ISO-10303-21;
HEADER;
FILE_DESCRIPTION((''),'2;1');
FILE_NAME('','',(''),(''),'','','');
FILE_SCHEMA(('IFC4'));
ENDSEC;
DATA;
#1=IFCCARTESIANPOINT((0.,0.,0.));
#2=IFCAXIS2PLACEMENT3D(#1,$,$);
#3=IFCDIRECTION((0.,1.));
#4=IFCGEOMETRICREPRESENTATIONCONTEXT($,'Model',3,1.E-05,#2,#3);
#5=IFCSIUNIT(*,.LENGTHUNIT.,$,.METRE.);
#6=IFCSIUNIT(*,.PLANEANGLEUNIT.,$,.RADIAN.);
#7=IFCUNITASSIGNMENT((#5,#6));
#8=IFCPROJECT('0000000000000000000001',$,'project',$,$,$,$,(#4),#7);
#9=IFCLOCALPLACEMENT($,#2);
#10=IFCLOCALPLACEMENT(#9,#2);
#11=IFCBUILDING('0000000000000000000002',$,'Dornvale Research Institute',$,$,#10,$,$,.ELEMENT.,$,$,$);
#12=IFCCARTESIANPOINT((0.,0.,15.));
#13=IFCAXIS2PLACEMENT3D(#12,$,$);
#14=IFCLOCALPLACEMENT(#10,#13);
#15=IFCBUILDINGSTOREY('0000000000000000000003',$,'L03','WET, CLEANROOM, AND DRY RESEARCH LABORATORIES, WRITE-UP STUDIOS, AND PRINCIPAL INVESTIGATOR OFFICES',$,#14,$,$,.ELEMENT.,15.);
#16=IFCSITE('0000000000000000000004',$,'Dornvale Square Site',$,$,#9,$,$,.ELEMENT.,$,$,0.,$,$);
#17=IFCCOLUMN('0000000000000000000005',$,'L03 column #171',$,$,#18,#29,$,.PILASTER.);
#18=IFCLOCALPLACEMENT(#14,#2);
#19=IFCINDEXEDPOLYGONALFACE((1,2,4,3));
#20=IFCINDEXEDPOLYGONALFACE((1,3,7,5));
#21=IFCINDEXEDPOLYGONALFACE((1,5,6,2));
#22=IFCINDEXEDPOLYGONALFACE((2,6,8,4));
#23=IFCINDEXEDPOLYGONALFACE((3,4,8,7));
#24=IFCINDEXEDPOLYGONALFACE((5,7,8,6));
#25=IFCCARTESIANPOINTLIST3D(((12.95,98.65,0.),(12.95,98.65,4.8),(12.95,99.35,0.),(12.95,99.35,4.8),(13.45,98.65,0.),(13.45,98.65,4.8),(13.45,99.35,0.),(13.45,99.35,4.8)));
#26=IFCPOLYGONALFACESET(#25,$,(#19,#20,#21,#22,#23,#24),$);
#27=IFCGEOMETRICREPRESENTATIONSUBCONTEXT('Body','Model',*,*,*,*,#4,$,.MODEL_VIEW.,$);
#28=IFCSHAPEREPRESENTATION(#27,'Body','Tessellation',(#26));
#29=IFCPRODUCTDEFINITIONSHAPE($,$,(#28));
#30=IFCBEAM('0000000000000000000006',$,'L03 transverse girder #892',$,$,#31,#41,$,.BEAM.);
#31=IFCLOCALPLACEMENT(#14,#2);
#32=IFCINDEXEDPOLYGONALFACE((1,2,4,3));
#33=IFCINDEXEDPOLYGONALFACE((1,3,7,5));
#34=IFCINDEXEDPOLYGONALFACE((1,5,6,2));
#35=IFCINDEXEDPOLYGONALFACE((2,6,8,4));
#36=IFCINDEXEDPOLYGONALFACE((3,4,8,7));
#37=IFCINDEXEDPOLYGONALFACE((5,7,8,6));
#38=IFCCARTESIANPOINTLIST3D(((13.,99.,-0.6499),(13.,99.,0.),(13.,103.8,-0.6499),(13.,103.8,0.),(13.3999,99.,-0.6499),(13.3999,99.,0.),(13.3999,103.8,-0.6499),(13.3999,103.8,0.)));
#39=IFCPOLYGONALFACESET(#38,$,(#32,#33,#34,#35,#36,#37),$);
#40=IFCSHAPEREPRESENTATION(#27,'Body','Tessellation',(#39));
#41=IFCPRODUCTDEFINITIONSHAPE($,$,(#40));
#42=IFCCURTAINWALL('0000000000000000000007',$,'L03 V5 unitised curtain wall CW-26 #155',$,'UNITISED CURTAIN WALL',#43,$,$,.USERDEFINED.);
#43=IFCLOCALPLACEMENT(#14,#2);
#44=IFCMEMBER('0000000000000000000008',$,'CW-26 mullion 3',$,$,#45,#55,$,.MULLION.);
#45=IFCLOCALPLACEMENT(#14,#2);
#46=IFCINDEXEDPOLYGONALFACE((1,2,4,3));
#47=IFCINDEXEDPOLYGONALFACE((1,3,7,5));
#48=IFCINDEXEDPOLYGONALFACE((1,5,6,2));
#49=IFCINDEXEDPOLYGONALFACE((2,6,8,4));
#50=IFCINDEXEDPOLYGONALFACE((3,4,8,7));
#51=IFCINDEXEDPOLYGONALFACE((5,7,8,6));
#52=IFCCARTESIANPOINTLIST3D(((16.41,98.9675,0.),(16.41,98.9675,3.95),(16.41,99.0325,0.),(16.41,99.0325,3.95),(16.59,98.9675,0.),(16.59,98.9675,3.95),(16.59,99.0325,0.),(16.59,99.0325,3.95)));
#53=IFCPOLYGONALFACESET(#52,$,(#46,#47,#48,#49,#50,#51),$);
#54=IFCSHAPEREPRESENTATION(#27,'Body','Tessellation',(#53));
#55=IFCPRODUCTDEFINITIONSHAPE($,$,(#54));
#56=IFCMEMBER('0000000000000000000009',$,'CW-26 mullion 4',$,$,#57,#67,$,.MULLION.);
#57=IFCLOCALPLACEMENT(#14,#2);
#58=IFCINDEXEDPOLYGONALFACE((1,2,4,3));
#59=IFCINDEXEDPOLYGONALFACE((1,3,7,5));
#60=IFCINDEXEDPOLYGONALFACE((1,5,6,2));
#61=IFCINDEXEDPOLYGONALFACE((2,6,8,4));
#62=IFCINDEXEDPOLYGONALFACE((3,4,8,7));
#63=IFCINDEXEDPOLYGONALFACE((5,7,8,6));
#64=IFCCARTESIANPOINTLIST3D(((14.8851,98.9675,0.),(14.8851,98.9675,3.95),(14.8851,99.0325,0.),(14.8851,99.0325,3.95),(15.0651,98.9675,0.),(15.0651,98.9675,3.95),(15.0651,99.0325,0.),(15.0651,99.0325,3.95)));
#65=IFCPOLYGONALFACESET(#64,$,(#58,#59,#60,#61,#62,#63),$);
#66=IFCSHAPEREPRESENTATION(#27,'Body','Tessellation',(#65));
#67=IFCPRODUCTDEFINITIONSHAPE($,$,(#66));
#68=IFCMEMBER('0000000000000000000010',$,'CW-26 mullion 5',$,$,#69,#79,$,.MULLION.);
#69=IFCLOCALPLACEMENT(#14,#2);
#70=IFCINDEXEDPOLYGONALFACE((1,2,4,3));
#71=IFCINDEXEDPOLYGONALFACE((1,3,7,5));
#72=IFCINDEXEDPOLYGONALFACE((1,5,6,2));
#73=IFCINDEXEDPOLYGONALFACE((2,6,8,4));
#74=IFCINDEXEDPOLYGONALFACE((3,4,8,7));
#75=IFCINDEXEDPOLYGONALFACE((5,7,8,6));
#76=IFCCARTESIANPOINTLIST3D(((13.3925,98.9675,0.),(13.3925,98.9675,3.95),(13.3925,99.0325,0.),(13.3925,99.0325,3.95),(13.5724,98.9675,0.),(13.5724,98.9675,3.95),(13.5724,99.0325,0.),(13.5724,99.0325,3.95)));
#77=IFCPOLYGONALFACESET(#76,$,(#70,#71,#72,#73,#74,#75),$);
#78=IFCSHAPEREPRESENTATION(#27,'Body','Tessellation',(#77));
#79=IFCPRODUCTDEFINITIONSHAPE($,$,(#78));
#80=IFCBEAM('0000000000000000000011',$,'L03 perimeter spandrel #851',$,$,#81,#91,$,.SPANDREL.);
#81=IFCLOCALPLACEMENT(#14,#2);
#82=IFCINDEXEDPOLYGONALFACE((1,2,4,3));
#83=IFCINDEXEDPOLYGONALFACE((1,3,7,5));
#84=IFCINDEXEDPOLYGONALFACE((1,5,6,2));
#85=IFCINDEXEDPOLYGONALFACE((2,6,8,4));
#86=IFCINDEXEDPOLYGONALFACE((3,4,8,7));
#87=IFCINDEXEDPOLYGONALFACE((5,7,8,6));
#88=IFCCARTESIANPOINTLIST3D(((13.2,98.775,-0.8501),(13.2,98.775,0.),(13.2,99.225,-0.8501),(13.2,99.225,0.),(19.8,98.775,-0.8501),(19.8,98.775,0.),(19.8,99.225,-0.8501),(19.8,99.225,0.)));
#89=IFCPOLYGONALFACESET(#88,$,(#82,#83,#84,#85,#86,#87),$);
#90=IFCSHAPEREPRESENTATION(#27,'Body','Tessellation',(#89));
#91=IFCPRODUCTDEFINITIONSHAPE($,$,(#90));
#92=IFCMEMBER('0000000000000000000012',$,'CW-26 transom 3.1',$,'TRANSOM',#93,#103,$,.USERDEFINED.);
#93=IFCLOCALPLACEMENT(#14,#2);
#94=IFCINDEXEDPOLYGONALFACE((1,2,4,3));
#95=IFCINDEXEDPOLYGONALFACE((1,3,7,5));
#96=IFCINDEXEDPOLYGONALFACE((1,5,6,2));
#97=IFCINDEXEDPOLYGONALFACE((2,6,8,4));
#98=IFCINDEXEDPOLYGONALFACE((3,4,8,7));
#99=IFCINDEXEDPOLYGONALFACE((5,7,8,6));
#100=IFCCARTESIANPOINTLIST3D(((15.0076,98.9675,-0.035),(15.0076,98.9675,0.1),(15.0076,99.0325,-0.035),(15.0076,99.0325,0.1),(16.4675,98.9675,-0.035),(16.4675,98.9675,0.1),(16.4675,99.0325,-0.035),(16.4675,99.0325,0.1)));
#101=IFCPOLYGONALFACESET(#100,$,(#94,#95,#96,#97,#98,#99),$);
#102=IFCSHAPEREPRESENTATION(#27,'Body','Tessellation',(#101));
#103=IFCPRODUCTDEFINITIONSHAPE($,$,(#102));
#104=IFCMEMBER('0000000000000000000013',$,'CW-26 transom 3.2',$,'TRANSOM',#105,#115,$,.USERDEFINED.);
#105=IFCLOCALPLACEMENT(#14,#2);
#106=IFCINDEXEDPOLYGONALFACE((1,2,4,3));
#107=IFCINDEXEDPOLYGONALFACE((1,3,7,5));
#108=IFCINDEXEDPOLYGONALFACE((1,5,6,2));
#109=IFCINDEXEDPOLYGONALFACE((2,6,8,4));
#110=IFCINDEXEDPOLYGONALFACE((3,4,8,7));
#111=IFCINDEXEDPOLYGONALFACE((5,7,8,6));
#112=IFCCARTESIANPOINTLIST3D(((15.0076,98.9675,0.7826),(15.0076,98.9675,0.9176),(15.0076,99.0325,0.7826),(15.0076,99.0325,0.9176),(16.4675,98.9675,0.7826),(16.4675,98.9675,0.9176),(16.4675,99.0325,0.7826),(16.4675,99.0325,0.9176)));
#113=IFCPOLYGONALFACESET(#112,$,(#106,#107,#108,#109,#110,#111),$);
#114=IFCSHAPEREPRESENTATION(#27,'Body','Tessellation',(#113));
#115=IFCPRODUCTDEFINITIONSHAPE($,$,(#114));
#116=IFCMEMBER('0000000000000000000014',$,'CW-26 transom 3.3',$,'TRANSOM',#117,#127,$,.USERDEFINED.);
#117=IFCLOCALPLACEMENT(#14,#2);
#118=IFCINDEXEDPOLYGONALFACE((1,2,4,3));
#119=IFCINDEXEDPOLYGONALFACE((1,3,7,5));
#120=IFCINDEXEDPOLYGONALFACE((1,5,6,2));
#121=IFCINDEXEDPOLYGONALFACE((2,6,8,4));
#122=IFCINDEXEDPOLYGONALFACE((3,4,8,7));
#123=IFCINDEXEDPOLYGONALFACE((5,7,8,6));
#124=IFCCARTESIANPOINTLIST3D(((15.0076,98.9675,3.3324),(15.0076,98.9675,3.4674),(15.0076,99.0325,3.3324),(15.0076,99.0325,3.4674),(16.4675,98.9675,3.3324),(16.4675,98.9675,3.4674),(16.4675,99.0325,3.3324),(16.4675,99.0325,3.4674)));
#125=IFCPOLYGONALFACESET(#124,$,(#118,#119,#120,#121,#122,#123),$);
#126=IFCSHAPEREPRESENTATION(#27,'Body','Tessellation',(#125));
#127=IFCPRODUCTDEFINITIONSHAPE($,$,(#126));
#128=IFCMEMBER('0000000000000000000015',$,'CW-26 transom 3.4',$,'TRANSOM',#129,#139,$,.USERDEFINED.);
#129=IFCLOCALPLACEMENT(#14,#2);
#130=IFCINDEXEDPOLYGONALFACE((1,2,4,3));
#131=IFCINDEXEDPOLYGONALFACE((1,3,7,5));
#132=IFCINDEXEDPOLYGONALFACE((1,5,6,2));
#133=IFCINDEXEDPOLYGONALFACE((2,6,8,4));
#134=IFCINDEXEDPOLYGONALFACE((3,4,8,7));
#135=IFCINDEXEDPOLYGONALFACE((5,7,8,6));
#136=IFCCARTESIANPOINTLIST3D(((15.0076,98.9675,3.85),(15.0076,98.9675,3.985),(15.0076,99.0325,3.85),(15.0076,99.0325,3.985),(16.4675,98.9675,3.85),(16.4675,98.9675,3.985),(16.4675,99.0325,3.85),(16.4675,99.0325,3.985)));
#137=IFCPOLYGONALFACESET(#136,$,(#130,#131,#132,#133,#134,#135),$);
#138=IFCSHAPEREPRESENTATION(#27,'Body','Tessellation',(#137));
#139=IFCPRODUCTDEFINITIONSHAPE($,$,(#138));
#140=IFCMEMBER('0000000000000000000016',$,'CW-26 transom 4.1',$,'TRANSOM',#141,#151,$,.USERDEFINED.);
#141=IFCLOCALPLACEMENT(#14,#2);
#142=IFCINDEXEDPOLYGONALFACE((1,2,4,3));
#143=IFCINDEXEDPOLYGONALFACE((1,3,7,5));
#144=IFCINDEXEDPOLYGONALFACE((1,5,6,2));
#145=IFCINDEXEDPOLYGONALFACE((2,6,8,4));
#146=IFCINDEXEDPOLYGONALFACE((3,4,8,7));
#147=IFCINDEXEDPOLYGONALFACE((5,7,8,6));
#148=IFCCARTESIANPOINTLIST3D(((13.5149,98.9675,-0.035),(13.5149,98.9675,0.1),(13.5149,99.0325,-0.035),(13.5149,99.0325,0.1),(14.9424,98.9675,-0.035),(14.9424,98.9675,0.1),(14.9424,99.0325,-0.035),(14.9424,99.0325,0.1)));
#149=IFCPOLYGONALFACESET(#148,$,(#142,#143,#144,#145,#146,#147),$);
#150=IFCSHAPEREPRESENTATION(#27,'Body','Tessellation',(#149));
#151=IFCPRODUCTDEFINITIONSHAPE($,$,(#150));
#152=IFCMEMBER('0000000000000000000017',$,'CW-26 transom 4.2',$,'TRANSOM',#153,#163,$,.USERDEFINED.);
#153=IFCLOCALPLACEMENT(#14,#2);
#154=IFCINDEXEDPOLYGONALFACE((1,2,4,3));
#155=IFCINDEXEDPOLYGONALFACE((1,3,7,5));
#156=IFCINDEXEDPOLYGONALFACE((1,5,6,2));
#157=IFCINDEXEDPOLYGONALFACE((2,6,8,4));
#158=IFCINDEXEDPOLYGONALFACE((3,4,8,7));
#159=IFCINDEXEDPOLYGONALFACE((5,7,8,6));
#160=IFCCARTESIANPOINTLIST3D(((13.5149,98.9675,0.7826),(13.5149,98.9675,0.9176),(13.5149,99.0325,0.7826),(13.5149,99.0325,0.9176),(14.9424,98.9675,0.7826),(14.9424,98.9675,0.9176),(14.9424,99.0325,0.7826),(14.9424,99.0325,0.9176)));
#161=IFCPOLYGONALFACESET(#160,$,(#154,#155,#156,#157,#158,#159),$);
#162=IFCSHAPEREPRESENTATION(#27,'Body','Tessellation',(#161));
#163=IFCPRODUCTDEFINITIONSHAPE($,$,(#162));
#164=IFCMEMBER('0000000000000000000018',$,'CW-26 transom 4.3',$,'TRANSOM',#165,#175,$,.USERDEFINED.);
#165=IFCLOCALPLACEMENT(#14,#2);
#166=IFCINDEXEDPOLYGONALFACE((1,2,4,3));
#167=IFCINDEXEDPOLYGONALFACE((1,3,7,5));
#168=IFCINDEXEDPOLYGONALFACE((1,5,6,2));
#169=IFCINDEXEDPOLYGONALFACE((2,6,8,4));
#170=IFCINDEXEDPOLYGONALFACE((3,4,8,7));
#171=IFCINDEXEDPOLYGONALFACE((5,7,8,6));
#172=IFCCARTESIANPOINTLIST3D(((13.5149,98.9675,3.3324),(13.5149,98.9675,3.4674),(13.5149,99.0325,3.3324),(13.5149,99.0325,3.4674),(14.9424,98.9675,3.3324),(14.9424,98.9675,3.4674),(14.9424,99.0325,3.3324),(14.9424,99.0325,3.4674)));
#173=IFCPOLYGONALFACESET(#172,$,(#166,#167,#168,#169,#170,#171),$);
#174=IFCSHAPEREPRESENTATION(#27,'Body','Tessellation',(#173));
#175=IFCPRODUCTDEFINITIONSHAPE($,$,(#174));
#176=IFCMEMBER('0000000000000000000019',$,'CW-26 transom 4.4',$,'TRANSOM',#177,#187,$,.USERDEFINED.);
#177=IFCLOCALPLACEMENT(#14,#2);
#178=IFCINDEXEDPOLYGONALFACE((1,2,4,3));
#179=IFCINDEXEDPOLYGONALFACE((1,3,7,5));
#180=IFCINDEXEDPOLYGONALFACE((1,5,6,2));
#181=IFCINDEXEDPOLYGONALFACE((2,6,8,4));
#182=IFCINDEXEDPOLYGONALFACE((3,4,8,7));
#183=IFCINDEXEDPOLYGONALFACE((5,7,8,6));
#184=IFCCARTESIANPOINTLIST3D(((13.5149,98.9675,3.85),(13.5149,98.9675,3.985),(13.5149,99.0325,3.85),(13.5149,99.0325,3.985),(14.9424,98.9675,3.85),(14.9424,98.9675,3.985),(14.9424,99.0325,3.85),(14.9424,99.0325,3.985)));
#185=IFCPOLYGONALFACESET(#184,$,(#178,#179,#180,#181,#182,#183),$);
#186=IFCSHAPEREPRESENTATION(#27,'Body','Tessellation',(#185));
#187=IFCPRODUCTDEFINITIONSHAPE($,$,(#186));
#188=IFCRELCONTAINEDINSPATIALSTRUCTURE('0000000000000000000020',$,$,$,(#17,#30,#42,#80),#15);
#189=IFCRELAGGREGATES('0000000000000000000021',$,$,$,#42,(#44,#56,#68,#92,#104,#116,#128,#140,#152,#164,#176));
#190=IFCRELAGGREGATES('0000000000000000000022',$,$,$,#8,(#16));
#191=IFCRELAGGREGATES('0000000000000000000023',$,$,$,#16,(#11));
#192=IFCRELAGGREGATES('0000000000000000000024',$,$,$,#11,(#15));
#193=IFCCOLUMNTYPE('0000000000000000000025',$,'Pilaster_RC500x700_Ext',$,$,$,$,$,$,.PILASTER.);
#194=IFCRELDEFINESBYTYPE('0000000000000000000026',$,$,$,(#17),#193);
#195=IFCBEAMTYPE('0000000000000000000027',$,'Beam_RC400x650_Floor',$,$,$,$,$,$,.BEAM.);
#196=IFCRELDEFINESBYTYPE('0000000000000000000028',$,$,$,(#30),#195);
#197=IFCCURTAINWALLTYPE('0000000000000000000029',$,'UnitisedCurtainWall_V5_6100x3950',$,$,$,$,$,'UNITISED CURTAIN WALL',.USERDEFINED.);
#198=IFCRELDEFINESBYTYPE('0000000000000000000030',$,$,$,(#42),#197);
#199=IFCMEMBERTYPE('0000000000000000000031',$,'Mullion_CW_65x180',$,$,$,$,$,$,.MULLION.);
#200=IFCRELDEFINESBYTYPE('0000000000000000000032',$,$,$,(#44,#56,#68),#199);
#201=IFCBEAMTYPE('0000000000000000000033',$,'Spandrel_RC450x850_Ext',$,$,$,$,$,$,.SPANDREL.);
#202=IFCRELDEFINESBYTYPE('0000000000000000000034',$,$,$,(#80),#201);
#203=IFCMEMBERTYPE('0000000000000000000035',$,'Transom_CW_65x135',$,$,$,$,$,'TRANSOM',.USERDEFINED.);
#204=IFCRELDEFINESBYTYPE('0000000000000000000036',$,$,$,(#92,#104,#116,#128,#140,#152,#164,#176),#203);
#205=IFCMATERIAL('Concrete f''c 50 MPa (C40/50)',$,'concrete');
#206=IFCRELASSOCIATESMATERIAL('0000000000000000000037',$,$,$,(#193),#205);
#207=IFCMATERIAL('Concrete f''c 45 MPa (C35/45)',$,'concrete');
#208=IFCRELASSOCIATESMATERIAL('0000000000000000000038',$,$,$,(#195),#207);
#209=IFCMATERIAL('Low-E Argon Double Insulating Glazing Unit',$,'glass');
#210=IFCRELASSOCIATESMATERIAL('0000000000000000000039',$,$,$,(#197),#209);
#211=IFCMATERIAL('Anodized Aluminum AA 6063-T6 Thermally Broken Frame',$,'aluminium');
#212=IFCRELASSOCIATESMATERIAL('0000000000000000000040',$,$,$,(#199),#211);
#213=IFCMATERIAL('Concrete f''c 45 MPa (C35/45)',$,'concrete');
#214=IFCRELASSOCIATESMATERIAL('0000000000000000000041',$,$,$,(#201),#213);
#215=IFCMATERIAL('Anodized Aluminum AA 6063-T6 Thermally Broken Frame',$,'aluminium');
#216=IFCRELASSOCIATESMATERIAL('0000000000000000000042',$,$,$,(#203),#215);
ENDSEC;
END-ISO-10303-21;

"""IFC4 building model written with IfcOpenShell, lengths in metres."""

from ifc_helpers import new_model, si_unit, direction, frame, origin, origin_2d, place, context, subcontext, project, spatial, rectangle, extrude, material, material_profile, profile_set, type_object, element, aggregate, save


model = new_model("IFC4")

# Units and contexts
model_context = context("Model", 3, precision=1e-05, world=origin(), true_north=direction((0.0, 1.0)))
body_context = subcontext(model_context, "Body", "Model", "MODEL_VIEW")
ifc_project = project(units=[si_unit("LENGTHUNIT", "METRE"), si_unit("PLANEANGLEUNIT", "RADIAN")], contexts=[model_context])

# Site, building, storey
site_placement = place(None, origin())
site = spatial("IfcSite", under=ifc_project, at=site_placement, Name="Dornvale Square Site", CompositionType="ELEMENT", RefElevation=0.0)
building_placement = place(site_placement, origin())
building = spatial("IfcBuilding", under=site, at=building_placement, Name="Dornvale Research Institute", CompositionType="ELEMENT")
storey_placement = place(building_placement, frame((0.0, 0.0, 15.0)))
storey = spatial("IfcBuildingStorey", under=building, at=storey_placement, Name="L03", Description="WET, CLEANROOM, AND DRY RESEARCH LABORATORIES, WRITE-UP STUDIOS, AND PRINCIPAL INVESTIGATOR OFFICES", CompositionType="ELEMENT", Elevation=15.0)

# Column
ifc_material_1 = material(Name="Concrete f'c 50 MPa (C40/50)", Category="concrete")
ifc_material_profile_1 = material_profile(ifc_material_1, rectangle(XDim=0.5, YDim=0.7, at=origin_2d()), Name="RC 500x700")
ifc_profile_set_1 = profile_set([ifc_material_profile_1], Name="Concrete f'c 50 MPa (C40/50)")
column_type = type_object("IfcColumnType", Name="Pilaster_RC500x700_Ext", PredefinedType="PILASTER", material=ifc_profile_set_1)
column_placement = place(storey_placement, frame((13.2, 99.0, 0.0), z_axis=(0.0, 0.0, 1.0), x_axis=(1.0, 0.0, 0.0)))
element("IfcColumn", 1, at=column_placement, inside=storey, type_object=column_type, Name="L03 column #171", PredefinedType="PILASTER", context=body_context, shape_type="SweptSolid", body=[
    extrude(rectangle(XDim=0.5, YDim=0.7, at=origin_2d()), origin(), (0.0, 0.0, 1.0), 4.8),
])

# Beam
ifc_material_2 = material(Name="Concrete f'c 45 MPa (C35/45)", Category="concrete")
ifc_material_profile_2 = material_profile(ifc_material_2, rectangle(XDim=0.3999, YDim=0.6499, at=origin_2d()), Name="RC 400x650")
ifc_profile_set_2 = profile_set([ifc_material_profile_2], Name="Concrete f'c 45 MPa (C35/45)")
beam_type_1 = type_object("IfcBeamType", Name="Beam_RC400x650_Floor", PredefinedType="BEAM", material=ifc_profile_set_2)
beam_1_placement = place(storey_placement, frame((13.2, 99.0, -0.325), z_axis=(0.0, 1.0, 0.0), x_axis=(-1.0, 0.0, 0.0)))
element("IfcBeam", 2, at=beam_1_placement, inside=storey, type_object=beam_type_1, Name="L03 transverse girder #892", PredefinedType="BEAM", context=body_context, shape_type="SweptSolid", body=[
    extrude(rectangle(XDim=0.3999, YDim=0.6499, at=origin_2d()), origin(), (0.0, 0.0, 1.0), 4.8),
])

# Curtain wall, members
ifc_material_3 = material(Name="Low-E Argon Double Insulating Glazing Unit", Category="glass")
curtain_wall_type = type_object("IfcCurtainWallType", Name="UnitisedCurtainWall_V5_6100x3950", ElementType="UNITISED CURTAIN WALL", PredefinedType="USERDEFINED", material=ifc_material_3)
curtain_wall_placement = place(storey_placement, origin())
curtain_wall = element("IfcCurtainWall", 3, at=curtain_wall_placement, inside=storey, type_object=curtain_wall_type, Name="L03 V5 unitised curtain wall CW-26 #155", ObjectType="UNITISED CURTAIN WALL", PredefinedType="USERDEFINED")
ifc_material_4 = material(Name="Anodized Aluminum AA 6063-T6 Thermally Broken Frame", Category="aluminium")
ifc_material_profile_3 = material_profile(ifc_material_4, rectangle(XDim=0.0649, YDim=0.1799, at=origin_2d()), Name="ALU MULLION 65x180")
ifc_profile_set_3 = profile_set([ifc_material_profile_3], Name="Anodized Aluminum AA 6063-T6 Thermally Broken Frame")
member_type_1 = type_object("IfcMemberType", Name="Mullion_CW_65x180", PredefinedType="MULLION", material=ifc_profile_set_3)
member_1_placement = place(storey_placement, frame((16.5, 99.0, 0.0), z_axis=(0.0, 0.0, 1.0), x_axis=(0.0, -1.0, 0.0)))
member_1 = element("IfcMember", 4, at=member_1_placement, type_object=member_type_1, Name="CW-26 mullion 3", PredefinedType="MULLION", context=body_context, shape_type="SweptSolid", body=[
    extrude(rectangle(XDim=0.0649, YDim=0.1799, at=origin_2d()), origin(), (0.0, 0.0, 1.0), 3.95),
])
member_2_placement = place(storey_placement, frame((14.9751, 99.0, 0.0), z_axis=(0.0, 0.0, 1.0), x_axis=(0.0, -1.0, 0.0)))
member_2 = element("IfcMember", 5, at=member_2_placement, type_object=member_type_1, Name="CW-26 mullion 4", PredefinedType="MULLION", context=body_context, shape_type="SweptSolid", body=[
    extrude(rectangle(XDim=0.0649, YDim=0.1799, at=origin_2d()), origin(), (0.0, 0.0, 1.0), 3.95),
])
member_3_placement = place(storey_placement, frame((13.4824, 99.0, 0.0), z_axis=(0.0, 0.0, 1.0), x_axis=(0.0, -1.0, 0.0)))
member_3 = element("IfcMember", 6, at=member_3_placement, type_object=member_type_1, Name="CW-26 mullion 5", PredefinedType="MULLION", context=body_context, shape_type="SweptSolid", body=[
    extrude(rectangle(XDim=0.0649, YDim=0.1799, at=origin_2d()), origin(), (0.0, 0.0, 1.0), 3.95),
])

# Beam
ifc_material_5 = material(Name="Concrete f'c 45 MPa (C35/45)", Category="concrete")
ifc_material_profile_4 = material_profile(ifc_material_5, rectangle(XDim=0.45, YDim=0.8501, at=origin_2d()), Name="RC 450x850")
ifc_profile_set_4 = profile_set([ifc_material_profile_4], Name="Concrete f'c 45 MPa (C35/45)")
beam_type_2 = type_object("IfcBeamType", Name="Spandrel_RC450x850_Ext", PredefinedType="SPANDREL", material=ifc_profile_set_4)
beam_2_placement = place(storey_placement, frame((13.2, 99.0, -0.425), z_axis=(1.0, 0.0, 0.0), x_axis=(0.0, 1.0, 0.0)))
element("IfcBeam", 7, at=beam_2_placement, inside=storey, type_object=beam_type_2, Name="L03 perimeter spandrel #851", PredefinedType="SPANDREL", context=body_context, shape_type="SweptSolid", body=[
    extrude(rectangle(XDim=0.45, YDim=0.8501, at=origin_2d()), origin(), (0.0, 0.0, 1.0), 6.6001),
])

# Members
ifc_material_6 = material(Name="Anodized Aluminum AA 6063-T6 Thermally Broken Frame", Category="aluminium")
ifc_material_profile_5 = material_profile(ifc_material_6, rectangle(XDim=0.0649, YDim=0.135, at=origin_2d()), Name="ALU TRANSOM 65x135")
ifc_profile_set_5 = profile_set([ifc_material_profile_5], Name="Anodized Aluminum AA 6063-T6 Thermally Broken Frame")
member_type_2 = type_object("IfcMemberType", Name="Transom_CW_65x135", ElementType="TRANSOM", PredefinedType="USERDEFINED", material=ifc_profile_set_5)
member_4_placement = place(storey_placement, frame((16.4675, 99.0, 0.0325), z_axis=(-1.0, 0.0, 0.0), x_axis=(0.0, -1.0, 0.0)))
member_4 = element("IfcMember", 8, at=member_4_placement, type_object=member_type_2, Name="CW-26 transom 3.1", ObjectType="TRANSOM", PredefinedType="USERDEFINED", context=body_context, shape_type="SweptSolid", body=[
    extrude(rectangle(XDim=0.0649, YDim=0.135, at=origin_2d()), origin(), (0.0, 0.0, 1.0), 1.46),
])
member_5_placement = place(storey_placement, frame((16.4675, 99.0, 0.8501), z_axis=(-1.0, 0.0, 0.0), x_axis=(0.0, -1.0, 0.0)))
member_5 = element("IfcMember", 9, at=member_5_placement, type_object=member_type_2, Name="CW-26 transom 3.2", ObjectType="TRANSOM", PredefinedType="USERDEFINED", context=body_context, shape_type="SweptSolid", body=[
    extrude(rectangle(XDim=0.0649, YDim=0.135, at=origin_2d()), origin(), (0.0, 0.0, 1.0), 1.46),
])
member_6_placement = place(storey_placement, frame((16.4675, 99.0, 3.3999), z_axis=(-1.0, 0.0, 0.0), x_axis=(0.0, -1.0, 0.0)))
member_6 = element("IfcMember", 10, at=member_6_placement, type_object=member_type_2, Name="CW-26 transom 3.3", ObjectType="TRANSOM", PredefinedType="USERDEFINED", context=body_context, shape_type="SweptSolid", body=[
    extrude(rectangle(XDim=0.0649, YDim=0.135, at=origin_2d()), origin(), (0.0, 0.0, 1.0), 1.46),
])
member_7_placement = place(storey_placement, frame((16.4675, 99.0, 3.9175), z_axis=(-1.0, 0.0, 0.0), x_axis=(0.0, -1.0, 0.0)))
member_7 = element("IfcMember", 11, at=member_7_placement, type_object=member_type_2, Name="CW-26 transom 3.4", ObjectType="TRANSOM", PredefinedType="USERDEFINED", context=body_context, shape_type="SweptSolid", body=[
    extrude(rectangle(XDim=0.0649, YDim=0.135, at=origin_2d()), origin(), (0.0, 0.0, 1.0), 1.46),
])
member_8_placement = place(storey_placement, frame((14.9424, 99.0, 0.0325), z_axis=(-1.0, 0.0, 0.0), x_axis=(0.0, -1.0, 0.0)))
member_8 = element("IfcMember", 12, at=member_8_placement, type_object=member_type_2, Name="CW-26 transom 4.1", ObjectType="TRANSOM", PredefinedType="USERDEFINED", context=body_context, shape_type="SweptSolid", body=[
    extrude(rectangle(XDim=0.0649, YDim=0.135, at=origin_2d()), origin(), (0.0, 0.0, 1.0), 1.4275),
])
member_9_placement = place(storey_placement, frame((14.9424, 99.0, 0.8501), z_axis=(-1.0, 0.0, 0.0), x_axis=(0.0, -1.0, 0.0)))
member_9 = element("IfcMember", 13, at=member_9_placement, type_object=member_type_2, Name="CW-26 transom 4.2", ObjectType="TRANSOM", PredefinedType="USERDEFINED", context=body_context, shape_type="SweptSolid", body=[
    extrude(rectangle(XDim=0.0649, YDim=0.135, at=origin_2d()), origin(), (0.0, 0.0, 1.0), 1.4275),
])
member_10_placement = place(storey_placement, frame((14.9424, 99.0, 3.3999), z_axis=(-1.0, 0.0, 0.0), x_axis=(0.0, -1.0, 0.0)))
member_10 = element("IfcMember", 14, at=member_10_placement, type_object=member_type_2, Name="CW-26 transom 4.3", ObjectType="TRANSOM", PredefinedType="USERDEFINED", context=body_context, shape_type="SweptSolid", body=[
    extrude(rectangle(XDim=0.0649, YDim=0.135, at=origin_2d()), origin(), (0.0, 0.0, 1.0), 1.4275),
])
member_11_placement = place(storey_placement, frame((14.9424, 99.0, 3.9175), z_axis=(-1.0, 0.0, 0.0), x_axis=(0.0, -1.0, 0.0)))
member_11 = element("IfcMember", 15, at=member_11_placement, type_object=member_type_2, Name="CW-26 transom 4.4", ObjectType="TRANSOM", PredefinedType="USERDEFINED", context=body_context, shape_type="SweptSolid", body=[
    extrude(rectangle(XDim=0.0649, YDim=0.135, at=origin_2d()), origin(), (0.0, 0.0, 1.0), 1.4275),
])

aggregate(curtain_wall, [member_1, member_2, member_3, member_4, member_5, member_6, member_7, member_8, member_9, member_10, member_11])

save(model, "model.ifc")
